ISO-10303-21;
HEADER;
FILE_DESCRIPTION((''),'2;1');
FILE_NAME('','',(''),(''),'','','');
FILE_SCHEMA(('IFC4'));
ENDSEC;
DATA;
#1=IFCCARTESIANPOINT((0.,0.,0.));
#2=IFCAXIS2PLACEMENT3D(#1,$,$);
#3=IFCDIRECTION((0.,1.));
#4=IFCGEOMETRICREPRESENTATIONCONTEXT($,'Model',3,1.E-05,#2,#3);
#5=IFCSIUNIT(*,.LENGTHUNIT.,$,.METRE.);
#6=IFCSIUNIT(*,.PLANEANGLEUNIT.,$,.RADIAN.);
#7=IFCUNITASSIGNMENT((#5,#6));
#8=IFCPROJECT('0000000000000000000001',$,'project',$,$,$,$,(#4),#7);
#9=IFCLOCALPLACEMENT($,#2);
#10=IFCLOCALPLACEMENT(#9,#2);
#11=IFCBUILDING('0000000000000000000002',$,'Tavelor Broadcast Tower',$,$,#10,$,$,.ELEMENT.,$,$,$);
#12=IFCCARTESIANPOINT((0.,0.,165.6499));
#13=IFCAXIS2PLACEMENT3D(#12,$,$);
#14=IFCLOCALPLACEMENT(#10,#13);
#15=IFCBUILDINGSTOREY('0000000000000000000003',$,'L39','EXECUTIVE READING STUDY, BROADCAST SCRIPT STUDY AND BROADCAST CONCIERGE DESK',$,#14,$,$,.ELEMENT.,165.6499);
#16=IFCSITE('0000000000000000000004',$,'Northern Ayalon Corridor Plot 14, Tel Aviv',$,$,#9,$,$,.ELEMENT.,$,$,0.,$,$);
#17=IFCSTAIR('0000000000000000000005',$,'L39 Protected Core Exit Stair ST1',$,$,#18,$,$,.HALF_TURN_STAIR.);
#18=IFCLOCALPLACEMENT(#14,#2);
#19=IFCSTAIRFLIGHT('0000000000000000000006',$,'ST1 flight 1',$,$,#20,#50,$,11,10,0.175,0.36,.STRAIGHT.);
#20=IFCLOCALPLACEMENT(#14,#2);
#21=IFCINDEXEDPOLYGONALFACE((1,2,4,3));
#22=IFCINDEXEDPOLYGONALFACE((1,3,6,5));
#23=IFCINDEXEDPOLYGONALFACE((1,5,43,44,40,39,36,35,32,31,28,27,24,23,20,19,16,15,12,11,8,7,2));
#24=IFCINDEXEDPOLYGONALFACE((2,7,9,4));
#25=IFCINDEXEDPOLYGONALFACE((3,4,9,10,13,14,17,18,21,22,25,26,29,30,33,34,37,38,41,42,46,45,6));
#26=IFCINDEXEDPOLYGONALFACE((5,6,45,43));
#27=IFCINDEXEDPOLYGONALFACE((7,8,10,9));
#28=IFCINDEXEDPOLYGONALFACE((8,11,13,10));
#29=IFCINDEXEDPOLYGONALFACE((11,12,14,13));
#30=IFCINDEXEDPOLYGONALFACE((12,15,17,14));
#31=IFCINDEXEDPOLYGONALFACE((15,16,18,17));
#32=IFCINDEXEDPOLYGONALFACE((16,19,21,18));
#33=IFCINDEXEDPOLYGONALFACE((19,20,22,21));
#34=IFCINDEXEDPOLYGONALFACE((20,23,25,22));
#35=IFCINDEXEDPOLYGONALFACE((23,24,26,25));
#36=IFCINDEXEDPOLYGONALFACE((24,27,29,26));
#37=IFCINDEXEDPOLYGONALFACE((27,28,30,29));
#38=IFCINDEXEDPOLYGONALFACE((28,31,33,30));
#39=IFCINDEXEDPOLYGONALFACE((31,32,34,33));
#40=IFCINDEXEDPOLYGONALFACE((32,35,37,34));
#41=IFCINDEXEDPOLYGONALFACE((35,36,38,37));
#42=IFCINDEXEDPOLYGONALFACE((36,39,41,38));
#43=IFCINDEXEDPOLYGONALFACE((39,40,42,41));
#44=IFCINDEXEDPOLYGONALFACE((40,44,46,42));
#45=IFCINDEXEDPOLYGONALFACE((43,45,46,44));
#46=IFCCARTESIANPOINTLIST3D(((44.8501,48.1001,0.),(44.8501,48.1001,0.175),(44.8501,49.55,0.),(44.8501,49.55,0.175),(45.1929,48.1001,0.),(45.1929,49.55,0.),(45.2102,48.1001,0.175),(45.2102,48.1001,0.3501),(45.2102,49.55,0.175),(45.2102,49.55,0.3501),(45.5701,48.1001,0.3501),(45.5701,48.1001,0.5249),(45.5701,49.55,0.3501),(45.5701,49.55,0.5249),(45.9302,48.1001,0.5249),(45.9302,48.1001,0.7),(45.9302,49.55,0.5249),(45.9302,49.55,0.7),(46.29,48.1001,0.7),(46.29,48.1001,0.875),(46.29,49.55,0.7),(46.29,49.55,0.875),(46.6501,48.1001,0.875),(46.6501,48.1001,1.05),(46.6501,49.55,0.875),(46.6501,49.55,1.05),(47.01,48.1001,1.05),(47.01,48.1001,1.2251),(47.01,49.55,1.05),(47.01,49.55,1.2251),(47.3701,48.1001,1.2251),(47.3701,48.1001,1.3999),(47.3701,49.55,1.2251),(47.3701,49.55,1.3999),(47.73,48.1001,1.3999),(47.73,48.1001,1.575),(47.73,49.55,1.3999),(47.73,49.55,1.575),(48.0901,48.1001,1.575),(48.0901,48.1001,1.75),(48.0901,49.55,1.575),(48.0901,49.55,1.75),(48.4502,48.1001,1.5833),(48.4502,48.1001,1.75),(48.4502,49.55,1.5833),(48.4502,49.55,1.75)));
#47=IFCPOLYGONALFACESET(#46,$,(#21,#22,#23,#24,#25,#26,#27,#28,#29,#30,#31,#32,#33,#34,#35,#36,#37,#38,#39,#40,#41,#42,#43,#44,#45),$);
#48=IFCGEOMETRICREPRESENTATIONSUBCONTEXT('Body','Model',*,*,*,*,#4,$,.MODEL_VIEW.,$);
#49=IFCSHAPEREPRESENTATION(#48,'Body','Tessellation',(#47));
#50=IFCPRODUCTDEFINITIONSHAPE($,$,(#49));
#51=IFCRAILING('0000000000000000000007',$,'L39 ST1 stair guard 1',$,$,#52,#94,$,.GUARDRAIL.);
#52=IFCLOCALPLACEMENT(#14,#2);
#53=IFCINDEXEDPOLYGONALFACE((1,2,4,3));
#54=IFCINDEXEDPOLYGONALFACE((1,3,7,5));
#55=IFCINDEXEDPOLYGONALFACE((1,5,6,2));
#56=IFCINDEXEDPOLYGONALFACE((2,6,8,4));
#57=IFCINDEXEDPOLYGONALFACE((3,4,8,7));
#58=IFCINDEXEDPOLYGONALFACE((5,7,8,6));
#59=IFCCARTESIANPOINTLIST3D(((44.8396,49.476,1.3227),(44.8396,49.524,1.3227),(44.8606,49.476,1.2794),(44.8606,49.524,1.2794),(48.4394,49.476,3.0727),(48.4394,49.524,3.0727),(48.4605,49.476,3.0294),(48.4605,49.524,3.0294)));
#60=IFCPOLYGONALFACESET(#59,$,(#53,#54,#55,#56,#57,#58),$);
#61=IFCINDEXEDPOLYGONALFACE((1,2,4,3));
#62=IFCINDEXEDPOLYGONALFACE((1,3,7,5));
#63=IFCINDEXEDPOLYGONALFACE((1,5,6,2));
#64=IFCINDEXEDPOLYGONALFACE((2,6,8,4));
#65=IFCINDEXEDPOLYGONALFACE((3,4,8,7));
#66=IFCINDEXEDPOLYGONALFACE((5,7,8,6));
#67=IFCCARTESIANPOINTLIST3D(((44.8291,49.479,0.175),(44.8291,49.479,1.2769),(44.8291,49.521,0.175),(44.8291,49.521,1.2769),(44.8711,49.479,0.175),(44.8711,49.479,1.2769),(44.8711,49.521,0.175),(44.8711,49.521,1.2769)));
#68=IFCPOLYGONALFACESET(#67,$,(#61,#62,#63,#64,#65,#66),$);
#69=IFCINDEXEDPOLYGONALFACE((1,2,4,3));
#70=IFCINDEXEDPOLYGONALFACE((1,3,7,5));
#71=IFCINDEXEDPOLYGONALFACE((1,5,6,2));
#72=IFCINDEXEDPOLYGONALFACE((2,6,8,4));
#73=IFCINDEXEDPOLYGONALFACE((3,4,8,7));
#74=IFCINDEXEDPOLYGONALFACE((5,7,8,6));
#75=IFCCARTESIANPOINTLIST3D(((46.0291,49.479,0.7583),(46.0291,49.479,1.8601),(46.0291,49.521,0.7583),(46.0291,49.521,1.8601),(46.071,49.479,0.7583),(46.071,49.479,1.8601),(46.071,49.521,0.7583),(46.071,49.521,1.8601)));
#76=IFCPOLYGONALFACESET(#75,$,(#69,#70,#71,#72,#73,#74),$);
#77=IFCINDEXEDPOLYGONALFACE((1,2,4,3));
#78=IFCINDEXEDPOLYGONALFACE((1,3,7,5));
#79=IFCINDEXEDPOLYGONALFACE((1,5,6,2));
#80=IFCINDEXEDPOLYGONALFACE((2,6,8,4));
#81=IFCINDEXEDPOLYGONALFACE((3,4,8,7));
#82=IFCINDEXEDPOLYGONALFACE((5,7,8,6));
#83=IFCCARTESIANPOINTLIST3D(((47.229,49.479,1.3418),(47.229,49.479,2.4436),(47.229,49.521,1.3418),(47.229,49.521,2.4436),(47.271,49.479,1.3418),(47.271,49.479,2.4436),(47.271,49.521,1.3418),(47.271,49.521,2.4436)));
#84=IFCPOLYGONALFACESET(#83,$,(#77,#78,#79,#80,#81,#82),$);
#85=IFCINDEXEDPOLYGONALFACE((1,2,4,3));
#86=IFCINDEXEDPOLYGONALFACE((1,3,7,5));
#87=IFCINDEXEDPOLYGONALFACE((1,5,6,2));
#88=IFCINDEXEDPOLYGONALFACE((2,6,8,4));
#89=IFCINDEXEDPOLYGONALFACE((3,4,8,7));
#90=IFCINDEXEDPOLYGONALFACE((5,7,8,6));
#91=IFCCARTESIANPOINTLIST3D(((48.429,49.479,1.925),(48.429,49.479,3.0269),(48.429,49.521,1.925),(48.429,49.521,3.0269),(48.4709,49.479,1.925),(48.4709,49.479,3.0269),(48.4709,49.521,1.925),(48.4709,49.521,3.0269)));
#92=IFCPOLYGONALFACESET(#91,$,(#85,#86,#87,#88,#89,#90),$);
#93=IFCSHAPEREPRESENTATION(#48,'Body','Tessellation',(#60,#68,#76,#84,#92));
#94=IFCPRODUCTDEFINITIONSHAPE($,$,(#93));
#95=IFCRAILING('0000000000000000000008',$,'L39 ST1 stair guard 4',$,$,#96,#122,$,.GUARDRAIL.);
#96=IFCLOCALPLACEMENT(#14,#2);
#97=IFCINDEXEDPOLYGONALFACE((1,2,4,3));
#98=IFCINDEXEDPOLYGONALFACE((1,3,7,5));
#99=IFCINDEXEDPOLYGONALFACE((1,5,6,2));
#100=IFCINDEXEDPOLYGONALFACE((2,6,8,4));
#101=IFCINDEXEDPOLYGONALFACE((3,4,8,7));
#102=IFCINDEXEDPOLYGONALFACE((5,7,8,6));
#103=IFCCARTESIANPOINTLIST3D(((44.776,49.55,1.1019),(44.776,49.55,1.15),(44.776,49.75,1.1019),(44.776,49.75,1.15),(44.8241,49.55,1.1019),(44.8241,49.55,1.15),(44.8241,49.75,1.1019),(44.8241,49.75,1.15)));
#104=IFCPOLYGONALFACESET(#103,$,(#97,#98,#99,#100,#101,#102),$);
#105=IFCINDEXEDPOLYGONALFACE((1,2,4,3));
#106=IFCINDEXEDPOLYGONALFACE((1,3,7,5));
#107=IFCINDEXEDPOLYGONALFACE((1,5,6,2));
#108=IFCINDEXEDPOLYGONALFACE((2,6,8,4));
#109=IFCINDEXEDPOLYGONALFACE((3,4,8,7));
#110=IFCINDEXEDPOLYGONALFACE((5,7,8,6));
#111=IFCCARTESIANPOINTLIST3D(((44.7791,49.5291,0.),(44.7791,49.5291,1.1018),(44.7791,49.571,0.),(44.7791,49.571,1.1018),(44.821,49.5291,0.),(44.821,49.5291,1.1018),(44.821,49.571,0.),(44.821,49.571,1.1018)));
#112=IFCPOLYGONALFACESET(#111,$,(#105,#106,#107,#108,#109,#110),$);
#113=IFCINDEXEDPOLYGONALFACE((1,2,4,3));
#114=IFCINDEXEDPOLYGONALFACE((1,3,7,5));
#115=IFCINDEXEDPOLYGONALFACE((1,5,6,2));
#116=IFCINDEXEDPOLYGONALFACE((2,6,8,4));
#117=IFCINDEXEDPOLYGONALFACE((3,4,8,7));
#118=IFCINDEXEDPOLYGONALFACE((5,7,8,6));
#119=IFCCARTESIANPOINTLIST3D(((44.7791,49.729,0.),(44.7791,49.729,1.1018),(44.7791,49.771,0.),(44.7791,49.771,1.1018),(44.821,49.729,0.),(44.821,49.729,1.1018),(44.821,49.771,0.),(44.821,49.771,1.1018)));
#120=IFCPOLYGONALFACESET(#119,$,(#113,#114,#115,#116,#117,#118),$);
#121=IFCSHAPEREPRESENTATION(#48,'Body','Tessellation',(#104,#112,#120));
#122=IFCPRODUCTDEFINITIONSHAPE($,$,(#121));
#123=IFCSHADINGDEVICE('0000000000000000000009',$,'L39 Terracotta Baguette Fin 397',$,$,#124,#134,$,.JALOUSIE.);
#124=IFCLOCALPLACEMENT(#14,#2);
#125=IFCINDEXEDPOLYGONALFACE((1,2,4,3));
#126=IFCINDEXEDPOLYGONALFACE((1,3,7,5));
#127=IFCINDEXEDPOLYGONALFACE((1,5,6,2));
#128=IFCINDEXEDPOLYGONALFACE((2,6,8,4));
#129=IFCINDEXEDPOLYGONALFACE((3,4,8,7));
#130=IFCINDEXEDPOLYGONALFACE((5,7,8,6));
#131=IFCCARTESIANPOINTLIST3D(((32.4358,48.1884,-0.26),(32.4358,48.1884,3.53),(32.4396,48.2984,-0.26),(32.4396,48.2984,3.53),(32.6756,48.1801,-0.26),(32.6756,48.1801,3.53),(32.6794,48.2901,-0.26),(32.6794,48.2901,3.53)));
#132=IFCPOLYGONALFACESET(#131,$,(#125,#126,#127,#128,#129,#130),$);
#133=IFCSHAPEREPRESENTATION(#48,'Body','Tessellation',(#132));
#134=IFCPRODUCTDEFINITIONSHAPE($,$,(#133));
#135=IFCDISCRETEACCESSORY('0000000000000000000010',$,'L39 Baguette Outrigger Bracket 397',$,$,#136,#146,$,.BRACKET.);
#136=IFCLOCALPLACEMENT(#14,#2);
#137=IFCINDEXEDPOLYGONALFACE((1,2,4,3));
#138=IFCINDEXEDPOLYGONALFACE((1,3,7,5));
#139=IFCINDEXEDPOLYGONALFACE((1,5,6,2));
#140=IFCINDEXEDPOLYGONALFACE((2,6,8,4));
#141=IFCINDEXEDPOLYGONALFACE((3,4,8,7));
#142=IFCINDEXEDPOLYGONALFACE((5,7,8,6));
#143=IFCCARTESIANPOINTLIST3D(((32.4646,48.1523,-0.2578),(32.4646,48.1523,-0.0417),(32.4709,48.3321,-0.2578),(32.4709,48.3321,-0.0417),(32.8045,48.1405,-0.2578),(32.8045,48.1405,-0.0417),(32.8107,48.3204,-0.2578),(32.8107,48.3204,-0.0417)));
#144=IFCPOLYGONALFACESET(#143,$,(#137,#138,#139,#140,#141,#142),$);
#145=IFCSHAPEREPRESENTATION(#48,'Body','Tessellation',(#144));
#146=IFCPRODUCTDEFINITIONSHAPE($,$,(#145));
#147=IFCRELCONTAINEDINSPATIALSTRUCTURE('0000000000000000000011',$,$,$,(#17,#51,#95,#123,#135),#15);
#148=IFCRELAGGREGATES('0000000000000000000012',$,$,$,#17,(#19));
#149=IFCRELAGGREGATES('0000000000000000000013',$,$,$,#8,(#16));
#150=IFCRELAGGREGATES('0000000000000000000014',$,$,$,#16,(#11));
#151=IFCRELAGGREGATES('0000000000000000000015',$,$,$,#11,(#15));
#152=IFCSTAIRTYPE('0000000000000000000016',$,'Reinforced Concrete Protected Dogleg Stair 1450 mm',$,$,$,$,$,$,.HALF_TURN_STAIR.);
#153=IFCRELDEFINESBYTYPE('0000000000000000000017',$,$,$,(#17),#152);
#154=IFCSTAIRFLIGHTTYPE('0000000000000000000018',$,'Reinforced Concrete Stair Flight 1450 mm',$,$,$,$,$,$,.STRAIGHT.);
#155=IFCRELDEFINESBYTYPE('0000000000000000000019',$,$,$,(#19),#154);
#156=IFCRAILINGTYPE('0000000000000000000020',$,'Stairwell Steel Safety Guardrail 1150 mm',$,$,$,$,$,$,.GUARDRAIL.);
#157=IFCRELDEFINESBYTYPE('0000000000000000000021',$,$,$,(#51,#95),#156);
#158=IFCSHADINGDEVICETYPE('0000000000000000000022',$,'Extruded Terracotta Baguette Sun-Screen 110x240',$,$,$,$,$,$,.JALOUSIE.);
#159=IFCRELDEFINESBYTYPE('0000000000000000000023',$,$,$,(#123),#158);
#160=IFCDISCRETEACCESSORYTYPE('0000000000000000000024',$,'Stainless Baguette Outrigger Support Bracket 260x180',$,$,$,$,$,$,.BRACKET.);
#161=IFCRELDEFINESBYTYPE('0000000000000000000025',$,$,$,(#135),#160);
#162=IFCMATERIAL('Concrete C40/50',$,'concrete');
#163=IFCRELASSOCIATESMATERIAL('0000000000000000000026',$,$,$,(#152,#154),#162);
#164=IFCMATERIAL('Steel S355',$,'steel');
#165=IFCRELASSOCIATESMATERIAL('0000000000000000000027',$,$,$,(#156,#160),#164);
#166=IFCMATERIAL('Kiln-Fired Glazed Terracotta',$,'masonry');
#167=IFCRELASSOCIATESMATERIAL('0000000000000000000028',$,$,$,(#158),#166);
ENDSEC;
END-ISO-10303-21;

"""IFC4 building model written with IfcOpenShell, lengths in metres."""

from ifc_helpers import new_model, si_unit, direction, frame, origin, origin_2d, place, context, subcontext, project, spatial, polyline, rectangle, outline, extrude, source, transform, mapped, material, type_object, type_shapes, element, aggregate, save


model = new_model("IFC4")

# Units and contexts
model_context = context("Model", 3, precision=1e-05, world=origin(), true_north=direction((0.0, 1.0)))
body_context = subcontext(model_context, "Body", "Model", "MODEL_VIEW")
ifc_project = project(units=[si_unit("LENGTHUNIT", "METRE"), si_unit("PLANEANGLEUNIT", "RADIAN")], contexts=[model_context])

# Site, building, storey
site_placement = place(None, origin())
site = spatial("IfcSite", under=ifc_project, at=site_placement, Name="Northern Ayalon Corridor Plot 14, Tel Aviv", CompositionType="ELEMENT", RefElevation=0.0)
building_placement = place(site_placement, origin())
building = spatial("IfcBuilding", under=site, at=building_placement, Name="Tavelor Broadcast Tower", CompositionType="ELEMENT")
storey_placement = place(building_placement, frame((0.0, 0.0, 165.6499)))
storey = spatial("IfcBuildingStorey", under=building, at=storey_placement, Name="L39", Description="EXECUTIVE READING STUDY, BROADCAST SCRIPT STUDY AND BROADCAST CONCIERGE DESK", CompositionType="ELEMENT", Elevation=165.6499)

# Shared definitions
ifc_material_1 = material(Name="Steel S355", Category="steel")

# Stair, stair flight
ifc_material_2 = material(Name="Concrete C40/50", Category="concrete")
stair_type = type_object("IfcStairType", Name="Reinforced Concrete Protected Dogleg Stair 1450 mm", PredefinedType="HALF_TURN_STAIR", material=ifc_material_2)
stair_placement = place(storey_placement, origin())
stair = element("IfcStair", 1, at=stair_placement, inside=storey, type_object=stair_type, Name="L39 Protected Core Exit Stair ST1", PredefinedType="HALF_TURN_STAIR")
stair_flight_type = type_object("IfcStairFlightType", Name="Reinforced Concrete Stair Flight 1450 mm", PredefinedType="STRAIGHT", material=ifc_material_2)
stair_flight_placement = place(storey_placement, frame((44.8501, 48.825, 0.0), z_axis=(0.0, 0.0, 1.0), x_axis=(1.0, 0.0, 0.0)))
stair_flight = element("IfcStairFlight", 2, at=stair_flight_placement, type_object=stair_flight_type, Name="ST1 flight 1", NumberOfRisers=11, NumberOfTreads=10, PredefinedType="STRAIGHT", RiserHeight=0.175, TreadLength=0.36, context=body_context, shape_type="SweptSolid", body=[
    extrude(outline(polyline([(0.0, 0.0), (0.0, 0.175), (0.3601, 0.175), (0.3601, 0.3501), (0.72, 0.3501), (0.72, 0.5249), (1.0801, 0.5249), (1.0801, 0.7), (1.4399, 0.7), (1.4399, 0.875), (1.8, 0.875), (1.8, 1.05), (2.1599, 1.05), (2.1599, 1.2251), (2.52, 1.2251), (2.52, 1.3999), (2.8799, 1.3999), (2.8799, 1.575), (3.24, 1.575), (3.24, 1.75), (3.6001, 1.75), (3.6001, 1.925), (3.6001, 1.5833), (0.3428, 0.0), (0.0, 0.0)])), frame((0.0, 0.7251, 0.0), z_axis=(0.0, -1.0, 0.0), x_axis=(1.0, 0.0, 0.0)), (0.0, 0.0, 1.0), 1.45),
])
aggregate(stair, [stair_flight])

# Railings
railing_type = type_object("IfcRailingType", Name="Stairwell Steel Safety Guardrail 1150 mm", PredefinedType="GUARDRAIL", material=ifc_material_1)
railing_1_placement = place(storey_placement, frame((44.8501, 49.5, 0.175)))
element("IfcRailing", 3, at=railing_1_placement, inside=storey, type_object=railing_type, Name="L39 ST1 stair guard 1", PredefinedType="GUARDRAIL", context=body_context, shape_type="SweptSolid", body=[
    extrude(rectangle(XDim=0.0481, YDim=0.0481, at=origin_2d()), frame((0.0, 0.0, 1.126), z_axis=(0.899361, 0.0, 0.437207), x_axis=(0.0, 1.0, 0.0)), (0.0, 0.0, 1.0), 4.0027),
    extrude(rectangle(XDim=0.042, YDim=0.042, at=origin_2d()), origin(), (0.0, 0.0, 1.0), 1.1018),
    extrude(rectangle(XDim=0.042, YDim=0.042, at=origin_2d()), frame((1.2, 0.0, 0.5833)), (0.0, 0.0, 1.0), 1.1018),
    extrude(rectangle(XDim=0.042, YDim=0.042, at=origin_2d()), frame((2.3999, 0.0, 1.1667)), (0.0, 0.0, 1.0), 1.1018),
    extrude(rectangle(XDim=0.042, YDim=0.042, at=origin_2d()), frame((3.5999, 0.0, 1.75)), (0.0, 0.0, 1.0), 1.1018),
])
railing_2_placement = place(storey_placement, frame((44.8, 49.55, 0.0)))
element("IfcRailing", 4, at=railing_2_placement, inside=storey, type_object=railing_type, Name="L39 ST1 stair guard 4", PredefinedType="GUARDRAIL", context=body_context, shape_type="SweptSolid", body=[
    extrude(rectangle(XDim=0.0481, YDim=0.0481, at=origin_2d()), frame((0.0, 0.0, 1.126), z_axis=(0.0, 1.0, 0.0), x_axis=(-1.0, 0.0, 0.0)), (0.0, 0.0, 1.0), 0.2),
    extrude(rectangle(XDim=0.042, YDim=0.042, at=origin_2d()), origin(), (0.0, 0.0, 1.0), 1.1018),
    extrude(rectangle(XDim=0.042, YDim=0.042, at=origin_2d()), frame((0.0, 0.2, 0.0)), (0.0, 0.0, 1.0), 1.1018),
])

# Shading device
ifc_material_3 = material(Name="Kiln-Fired Glazed Terracotta", Category="masonry")
shading_device_type = type_object("IfcShadingDeviceType", Name="Extruded Terracotta Baguette Sun-Screen 110x240", PredefinedType="JALOUSIE", material=ifc_material_3)
shared_shape_1 = source(origin(), body_context, "Body", "SweptSolid", [
    extrude(rectangle(XDim=0.1101, YDim=0.24, at=origin_2d()), origin(), (0.0, 0.0, 1.0), 3.79),
])
type_shapes(shading_device_type, [shared_shape_1])
shading_device_placement = place(storey_placement, frame((32.5576, 48.2393, -0.26), z_axis=(0.0, 0.0, 1.0), x_axis=(-0.034551, -0.999403, 0.0)))
element("IfcShadingDevice", 5, at=shading_device_placement, inside=storey, type_object=shading_device_type, Name="L39 Terracotta Baguette Fin 397", PredefinedType="JALOUSIE", context=body_context, shape_type="MappedRepresentation", body=[
    mapped(shared_shape_1, transform((0.0, 0.0, 0.0), scale=1.0)),
])

# Discrete accessory
discrete_accessory_type = type_object("IfcDiscreteAccessoryType", Name="Stainless Baguette Outrigger Support Bracket 260x180", PredefinedType="BRACKET", material=ifc_material_1)
shared_shape_2 = source(origin(), body_context, "Body", "SweptSolid", [
    extrude(rectangle(XDim=0.1799, YDim=0.3401, at=origin_2d()), origin(), (0.0, 0.0, 1.0), 0.2161),
])
type_shapes(discrete_accessory_type, [shared_shape_2])
discrete_accessory_placement = place(storey_placement, frame((32.6377, 48.2363, -0.2578), z_axis=(0.0, 0.0, 1.0), x_axis=(-0.034551, -0.999403, 0.0)))
element("IfcDiscreteAccessory", 6, at=discrete_accessory_placement, inside=storey, type_object=discrete_accessory_type, Name="L39 Baguette Outrigger Bracket 397", PredefinedType="BRACKET", context=body_context, shape_type="MappedRepresentation", body=[
    mapped(shared_shape_2, transform((0.0, 0.0, 0.0), scale=1.0)),
])

save(model, "model.ifc")
